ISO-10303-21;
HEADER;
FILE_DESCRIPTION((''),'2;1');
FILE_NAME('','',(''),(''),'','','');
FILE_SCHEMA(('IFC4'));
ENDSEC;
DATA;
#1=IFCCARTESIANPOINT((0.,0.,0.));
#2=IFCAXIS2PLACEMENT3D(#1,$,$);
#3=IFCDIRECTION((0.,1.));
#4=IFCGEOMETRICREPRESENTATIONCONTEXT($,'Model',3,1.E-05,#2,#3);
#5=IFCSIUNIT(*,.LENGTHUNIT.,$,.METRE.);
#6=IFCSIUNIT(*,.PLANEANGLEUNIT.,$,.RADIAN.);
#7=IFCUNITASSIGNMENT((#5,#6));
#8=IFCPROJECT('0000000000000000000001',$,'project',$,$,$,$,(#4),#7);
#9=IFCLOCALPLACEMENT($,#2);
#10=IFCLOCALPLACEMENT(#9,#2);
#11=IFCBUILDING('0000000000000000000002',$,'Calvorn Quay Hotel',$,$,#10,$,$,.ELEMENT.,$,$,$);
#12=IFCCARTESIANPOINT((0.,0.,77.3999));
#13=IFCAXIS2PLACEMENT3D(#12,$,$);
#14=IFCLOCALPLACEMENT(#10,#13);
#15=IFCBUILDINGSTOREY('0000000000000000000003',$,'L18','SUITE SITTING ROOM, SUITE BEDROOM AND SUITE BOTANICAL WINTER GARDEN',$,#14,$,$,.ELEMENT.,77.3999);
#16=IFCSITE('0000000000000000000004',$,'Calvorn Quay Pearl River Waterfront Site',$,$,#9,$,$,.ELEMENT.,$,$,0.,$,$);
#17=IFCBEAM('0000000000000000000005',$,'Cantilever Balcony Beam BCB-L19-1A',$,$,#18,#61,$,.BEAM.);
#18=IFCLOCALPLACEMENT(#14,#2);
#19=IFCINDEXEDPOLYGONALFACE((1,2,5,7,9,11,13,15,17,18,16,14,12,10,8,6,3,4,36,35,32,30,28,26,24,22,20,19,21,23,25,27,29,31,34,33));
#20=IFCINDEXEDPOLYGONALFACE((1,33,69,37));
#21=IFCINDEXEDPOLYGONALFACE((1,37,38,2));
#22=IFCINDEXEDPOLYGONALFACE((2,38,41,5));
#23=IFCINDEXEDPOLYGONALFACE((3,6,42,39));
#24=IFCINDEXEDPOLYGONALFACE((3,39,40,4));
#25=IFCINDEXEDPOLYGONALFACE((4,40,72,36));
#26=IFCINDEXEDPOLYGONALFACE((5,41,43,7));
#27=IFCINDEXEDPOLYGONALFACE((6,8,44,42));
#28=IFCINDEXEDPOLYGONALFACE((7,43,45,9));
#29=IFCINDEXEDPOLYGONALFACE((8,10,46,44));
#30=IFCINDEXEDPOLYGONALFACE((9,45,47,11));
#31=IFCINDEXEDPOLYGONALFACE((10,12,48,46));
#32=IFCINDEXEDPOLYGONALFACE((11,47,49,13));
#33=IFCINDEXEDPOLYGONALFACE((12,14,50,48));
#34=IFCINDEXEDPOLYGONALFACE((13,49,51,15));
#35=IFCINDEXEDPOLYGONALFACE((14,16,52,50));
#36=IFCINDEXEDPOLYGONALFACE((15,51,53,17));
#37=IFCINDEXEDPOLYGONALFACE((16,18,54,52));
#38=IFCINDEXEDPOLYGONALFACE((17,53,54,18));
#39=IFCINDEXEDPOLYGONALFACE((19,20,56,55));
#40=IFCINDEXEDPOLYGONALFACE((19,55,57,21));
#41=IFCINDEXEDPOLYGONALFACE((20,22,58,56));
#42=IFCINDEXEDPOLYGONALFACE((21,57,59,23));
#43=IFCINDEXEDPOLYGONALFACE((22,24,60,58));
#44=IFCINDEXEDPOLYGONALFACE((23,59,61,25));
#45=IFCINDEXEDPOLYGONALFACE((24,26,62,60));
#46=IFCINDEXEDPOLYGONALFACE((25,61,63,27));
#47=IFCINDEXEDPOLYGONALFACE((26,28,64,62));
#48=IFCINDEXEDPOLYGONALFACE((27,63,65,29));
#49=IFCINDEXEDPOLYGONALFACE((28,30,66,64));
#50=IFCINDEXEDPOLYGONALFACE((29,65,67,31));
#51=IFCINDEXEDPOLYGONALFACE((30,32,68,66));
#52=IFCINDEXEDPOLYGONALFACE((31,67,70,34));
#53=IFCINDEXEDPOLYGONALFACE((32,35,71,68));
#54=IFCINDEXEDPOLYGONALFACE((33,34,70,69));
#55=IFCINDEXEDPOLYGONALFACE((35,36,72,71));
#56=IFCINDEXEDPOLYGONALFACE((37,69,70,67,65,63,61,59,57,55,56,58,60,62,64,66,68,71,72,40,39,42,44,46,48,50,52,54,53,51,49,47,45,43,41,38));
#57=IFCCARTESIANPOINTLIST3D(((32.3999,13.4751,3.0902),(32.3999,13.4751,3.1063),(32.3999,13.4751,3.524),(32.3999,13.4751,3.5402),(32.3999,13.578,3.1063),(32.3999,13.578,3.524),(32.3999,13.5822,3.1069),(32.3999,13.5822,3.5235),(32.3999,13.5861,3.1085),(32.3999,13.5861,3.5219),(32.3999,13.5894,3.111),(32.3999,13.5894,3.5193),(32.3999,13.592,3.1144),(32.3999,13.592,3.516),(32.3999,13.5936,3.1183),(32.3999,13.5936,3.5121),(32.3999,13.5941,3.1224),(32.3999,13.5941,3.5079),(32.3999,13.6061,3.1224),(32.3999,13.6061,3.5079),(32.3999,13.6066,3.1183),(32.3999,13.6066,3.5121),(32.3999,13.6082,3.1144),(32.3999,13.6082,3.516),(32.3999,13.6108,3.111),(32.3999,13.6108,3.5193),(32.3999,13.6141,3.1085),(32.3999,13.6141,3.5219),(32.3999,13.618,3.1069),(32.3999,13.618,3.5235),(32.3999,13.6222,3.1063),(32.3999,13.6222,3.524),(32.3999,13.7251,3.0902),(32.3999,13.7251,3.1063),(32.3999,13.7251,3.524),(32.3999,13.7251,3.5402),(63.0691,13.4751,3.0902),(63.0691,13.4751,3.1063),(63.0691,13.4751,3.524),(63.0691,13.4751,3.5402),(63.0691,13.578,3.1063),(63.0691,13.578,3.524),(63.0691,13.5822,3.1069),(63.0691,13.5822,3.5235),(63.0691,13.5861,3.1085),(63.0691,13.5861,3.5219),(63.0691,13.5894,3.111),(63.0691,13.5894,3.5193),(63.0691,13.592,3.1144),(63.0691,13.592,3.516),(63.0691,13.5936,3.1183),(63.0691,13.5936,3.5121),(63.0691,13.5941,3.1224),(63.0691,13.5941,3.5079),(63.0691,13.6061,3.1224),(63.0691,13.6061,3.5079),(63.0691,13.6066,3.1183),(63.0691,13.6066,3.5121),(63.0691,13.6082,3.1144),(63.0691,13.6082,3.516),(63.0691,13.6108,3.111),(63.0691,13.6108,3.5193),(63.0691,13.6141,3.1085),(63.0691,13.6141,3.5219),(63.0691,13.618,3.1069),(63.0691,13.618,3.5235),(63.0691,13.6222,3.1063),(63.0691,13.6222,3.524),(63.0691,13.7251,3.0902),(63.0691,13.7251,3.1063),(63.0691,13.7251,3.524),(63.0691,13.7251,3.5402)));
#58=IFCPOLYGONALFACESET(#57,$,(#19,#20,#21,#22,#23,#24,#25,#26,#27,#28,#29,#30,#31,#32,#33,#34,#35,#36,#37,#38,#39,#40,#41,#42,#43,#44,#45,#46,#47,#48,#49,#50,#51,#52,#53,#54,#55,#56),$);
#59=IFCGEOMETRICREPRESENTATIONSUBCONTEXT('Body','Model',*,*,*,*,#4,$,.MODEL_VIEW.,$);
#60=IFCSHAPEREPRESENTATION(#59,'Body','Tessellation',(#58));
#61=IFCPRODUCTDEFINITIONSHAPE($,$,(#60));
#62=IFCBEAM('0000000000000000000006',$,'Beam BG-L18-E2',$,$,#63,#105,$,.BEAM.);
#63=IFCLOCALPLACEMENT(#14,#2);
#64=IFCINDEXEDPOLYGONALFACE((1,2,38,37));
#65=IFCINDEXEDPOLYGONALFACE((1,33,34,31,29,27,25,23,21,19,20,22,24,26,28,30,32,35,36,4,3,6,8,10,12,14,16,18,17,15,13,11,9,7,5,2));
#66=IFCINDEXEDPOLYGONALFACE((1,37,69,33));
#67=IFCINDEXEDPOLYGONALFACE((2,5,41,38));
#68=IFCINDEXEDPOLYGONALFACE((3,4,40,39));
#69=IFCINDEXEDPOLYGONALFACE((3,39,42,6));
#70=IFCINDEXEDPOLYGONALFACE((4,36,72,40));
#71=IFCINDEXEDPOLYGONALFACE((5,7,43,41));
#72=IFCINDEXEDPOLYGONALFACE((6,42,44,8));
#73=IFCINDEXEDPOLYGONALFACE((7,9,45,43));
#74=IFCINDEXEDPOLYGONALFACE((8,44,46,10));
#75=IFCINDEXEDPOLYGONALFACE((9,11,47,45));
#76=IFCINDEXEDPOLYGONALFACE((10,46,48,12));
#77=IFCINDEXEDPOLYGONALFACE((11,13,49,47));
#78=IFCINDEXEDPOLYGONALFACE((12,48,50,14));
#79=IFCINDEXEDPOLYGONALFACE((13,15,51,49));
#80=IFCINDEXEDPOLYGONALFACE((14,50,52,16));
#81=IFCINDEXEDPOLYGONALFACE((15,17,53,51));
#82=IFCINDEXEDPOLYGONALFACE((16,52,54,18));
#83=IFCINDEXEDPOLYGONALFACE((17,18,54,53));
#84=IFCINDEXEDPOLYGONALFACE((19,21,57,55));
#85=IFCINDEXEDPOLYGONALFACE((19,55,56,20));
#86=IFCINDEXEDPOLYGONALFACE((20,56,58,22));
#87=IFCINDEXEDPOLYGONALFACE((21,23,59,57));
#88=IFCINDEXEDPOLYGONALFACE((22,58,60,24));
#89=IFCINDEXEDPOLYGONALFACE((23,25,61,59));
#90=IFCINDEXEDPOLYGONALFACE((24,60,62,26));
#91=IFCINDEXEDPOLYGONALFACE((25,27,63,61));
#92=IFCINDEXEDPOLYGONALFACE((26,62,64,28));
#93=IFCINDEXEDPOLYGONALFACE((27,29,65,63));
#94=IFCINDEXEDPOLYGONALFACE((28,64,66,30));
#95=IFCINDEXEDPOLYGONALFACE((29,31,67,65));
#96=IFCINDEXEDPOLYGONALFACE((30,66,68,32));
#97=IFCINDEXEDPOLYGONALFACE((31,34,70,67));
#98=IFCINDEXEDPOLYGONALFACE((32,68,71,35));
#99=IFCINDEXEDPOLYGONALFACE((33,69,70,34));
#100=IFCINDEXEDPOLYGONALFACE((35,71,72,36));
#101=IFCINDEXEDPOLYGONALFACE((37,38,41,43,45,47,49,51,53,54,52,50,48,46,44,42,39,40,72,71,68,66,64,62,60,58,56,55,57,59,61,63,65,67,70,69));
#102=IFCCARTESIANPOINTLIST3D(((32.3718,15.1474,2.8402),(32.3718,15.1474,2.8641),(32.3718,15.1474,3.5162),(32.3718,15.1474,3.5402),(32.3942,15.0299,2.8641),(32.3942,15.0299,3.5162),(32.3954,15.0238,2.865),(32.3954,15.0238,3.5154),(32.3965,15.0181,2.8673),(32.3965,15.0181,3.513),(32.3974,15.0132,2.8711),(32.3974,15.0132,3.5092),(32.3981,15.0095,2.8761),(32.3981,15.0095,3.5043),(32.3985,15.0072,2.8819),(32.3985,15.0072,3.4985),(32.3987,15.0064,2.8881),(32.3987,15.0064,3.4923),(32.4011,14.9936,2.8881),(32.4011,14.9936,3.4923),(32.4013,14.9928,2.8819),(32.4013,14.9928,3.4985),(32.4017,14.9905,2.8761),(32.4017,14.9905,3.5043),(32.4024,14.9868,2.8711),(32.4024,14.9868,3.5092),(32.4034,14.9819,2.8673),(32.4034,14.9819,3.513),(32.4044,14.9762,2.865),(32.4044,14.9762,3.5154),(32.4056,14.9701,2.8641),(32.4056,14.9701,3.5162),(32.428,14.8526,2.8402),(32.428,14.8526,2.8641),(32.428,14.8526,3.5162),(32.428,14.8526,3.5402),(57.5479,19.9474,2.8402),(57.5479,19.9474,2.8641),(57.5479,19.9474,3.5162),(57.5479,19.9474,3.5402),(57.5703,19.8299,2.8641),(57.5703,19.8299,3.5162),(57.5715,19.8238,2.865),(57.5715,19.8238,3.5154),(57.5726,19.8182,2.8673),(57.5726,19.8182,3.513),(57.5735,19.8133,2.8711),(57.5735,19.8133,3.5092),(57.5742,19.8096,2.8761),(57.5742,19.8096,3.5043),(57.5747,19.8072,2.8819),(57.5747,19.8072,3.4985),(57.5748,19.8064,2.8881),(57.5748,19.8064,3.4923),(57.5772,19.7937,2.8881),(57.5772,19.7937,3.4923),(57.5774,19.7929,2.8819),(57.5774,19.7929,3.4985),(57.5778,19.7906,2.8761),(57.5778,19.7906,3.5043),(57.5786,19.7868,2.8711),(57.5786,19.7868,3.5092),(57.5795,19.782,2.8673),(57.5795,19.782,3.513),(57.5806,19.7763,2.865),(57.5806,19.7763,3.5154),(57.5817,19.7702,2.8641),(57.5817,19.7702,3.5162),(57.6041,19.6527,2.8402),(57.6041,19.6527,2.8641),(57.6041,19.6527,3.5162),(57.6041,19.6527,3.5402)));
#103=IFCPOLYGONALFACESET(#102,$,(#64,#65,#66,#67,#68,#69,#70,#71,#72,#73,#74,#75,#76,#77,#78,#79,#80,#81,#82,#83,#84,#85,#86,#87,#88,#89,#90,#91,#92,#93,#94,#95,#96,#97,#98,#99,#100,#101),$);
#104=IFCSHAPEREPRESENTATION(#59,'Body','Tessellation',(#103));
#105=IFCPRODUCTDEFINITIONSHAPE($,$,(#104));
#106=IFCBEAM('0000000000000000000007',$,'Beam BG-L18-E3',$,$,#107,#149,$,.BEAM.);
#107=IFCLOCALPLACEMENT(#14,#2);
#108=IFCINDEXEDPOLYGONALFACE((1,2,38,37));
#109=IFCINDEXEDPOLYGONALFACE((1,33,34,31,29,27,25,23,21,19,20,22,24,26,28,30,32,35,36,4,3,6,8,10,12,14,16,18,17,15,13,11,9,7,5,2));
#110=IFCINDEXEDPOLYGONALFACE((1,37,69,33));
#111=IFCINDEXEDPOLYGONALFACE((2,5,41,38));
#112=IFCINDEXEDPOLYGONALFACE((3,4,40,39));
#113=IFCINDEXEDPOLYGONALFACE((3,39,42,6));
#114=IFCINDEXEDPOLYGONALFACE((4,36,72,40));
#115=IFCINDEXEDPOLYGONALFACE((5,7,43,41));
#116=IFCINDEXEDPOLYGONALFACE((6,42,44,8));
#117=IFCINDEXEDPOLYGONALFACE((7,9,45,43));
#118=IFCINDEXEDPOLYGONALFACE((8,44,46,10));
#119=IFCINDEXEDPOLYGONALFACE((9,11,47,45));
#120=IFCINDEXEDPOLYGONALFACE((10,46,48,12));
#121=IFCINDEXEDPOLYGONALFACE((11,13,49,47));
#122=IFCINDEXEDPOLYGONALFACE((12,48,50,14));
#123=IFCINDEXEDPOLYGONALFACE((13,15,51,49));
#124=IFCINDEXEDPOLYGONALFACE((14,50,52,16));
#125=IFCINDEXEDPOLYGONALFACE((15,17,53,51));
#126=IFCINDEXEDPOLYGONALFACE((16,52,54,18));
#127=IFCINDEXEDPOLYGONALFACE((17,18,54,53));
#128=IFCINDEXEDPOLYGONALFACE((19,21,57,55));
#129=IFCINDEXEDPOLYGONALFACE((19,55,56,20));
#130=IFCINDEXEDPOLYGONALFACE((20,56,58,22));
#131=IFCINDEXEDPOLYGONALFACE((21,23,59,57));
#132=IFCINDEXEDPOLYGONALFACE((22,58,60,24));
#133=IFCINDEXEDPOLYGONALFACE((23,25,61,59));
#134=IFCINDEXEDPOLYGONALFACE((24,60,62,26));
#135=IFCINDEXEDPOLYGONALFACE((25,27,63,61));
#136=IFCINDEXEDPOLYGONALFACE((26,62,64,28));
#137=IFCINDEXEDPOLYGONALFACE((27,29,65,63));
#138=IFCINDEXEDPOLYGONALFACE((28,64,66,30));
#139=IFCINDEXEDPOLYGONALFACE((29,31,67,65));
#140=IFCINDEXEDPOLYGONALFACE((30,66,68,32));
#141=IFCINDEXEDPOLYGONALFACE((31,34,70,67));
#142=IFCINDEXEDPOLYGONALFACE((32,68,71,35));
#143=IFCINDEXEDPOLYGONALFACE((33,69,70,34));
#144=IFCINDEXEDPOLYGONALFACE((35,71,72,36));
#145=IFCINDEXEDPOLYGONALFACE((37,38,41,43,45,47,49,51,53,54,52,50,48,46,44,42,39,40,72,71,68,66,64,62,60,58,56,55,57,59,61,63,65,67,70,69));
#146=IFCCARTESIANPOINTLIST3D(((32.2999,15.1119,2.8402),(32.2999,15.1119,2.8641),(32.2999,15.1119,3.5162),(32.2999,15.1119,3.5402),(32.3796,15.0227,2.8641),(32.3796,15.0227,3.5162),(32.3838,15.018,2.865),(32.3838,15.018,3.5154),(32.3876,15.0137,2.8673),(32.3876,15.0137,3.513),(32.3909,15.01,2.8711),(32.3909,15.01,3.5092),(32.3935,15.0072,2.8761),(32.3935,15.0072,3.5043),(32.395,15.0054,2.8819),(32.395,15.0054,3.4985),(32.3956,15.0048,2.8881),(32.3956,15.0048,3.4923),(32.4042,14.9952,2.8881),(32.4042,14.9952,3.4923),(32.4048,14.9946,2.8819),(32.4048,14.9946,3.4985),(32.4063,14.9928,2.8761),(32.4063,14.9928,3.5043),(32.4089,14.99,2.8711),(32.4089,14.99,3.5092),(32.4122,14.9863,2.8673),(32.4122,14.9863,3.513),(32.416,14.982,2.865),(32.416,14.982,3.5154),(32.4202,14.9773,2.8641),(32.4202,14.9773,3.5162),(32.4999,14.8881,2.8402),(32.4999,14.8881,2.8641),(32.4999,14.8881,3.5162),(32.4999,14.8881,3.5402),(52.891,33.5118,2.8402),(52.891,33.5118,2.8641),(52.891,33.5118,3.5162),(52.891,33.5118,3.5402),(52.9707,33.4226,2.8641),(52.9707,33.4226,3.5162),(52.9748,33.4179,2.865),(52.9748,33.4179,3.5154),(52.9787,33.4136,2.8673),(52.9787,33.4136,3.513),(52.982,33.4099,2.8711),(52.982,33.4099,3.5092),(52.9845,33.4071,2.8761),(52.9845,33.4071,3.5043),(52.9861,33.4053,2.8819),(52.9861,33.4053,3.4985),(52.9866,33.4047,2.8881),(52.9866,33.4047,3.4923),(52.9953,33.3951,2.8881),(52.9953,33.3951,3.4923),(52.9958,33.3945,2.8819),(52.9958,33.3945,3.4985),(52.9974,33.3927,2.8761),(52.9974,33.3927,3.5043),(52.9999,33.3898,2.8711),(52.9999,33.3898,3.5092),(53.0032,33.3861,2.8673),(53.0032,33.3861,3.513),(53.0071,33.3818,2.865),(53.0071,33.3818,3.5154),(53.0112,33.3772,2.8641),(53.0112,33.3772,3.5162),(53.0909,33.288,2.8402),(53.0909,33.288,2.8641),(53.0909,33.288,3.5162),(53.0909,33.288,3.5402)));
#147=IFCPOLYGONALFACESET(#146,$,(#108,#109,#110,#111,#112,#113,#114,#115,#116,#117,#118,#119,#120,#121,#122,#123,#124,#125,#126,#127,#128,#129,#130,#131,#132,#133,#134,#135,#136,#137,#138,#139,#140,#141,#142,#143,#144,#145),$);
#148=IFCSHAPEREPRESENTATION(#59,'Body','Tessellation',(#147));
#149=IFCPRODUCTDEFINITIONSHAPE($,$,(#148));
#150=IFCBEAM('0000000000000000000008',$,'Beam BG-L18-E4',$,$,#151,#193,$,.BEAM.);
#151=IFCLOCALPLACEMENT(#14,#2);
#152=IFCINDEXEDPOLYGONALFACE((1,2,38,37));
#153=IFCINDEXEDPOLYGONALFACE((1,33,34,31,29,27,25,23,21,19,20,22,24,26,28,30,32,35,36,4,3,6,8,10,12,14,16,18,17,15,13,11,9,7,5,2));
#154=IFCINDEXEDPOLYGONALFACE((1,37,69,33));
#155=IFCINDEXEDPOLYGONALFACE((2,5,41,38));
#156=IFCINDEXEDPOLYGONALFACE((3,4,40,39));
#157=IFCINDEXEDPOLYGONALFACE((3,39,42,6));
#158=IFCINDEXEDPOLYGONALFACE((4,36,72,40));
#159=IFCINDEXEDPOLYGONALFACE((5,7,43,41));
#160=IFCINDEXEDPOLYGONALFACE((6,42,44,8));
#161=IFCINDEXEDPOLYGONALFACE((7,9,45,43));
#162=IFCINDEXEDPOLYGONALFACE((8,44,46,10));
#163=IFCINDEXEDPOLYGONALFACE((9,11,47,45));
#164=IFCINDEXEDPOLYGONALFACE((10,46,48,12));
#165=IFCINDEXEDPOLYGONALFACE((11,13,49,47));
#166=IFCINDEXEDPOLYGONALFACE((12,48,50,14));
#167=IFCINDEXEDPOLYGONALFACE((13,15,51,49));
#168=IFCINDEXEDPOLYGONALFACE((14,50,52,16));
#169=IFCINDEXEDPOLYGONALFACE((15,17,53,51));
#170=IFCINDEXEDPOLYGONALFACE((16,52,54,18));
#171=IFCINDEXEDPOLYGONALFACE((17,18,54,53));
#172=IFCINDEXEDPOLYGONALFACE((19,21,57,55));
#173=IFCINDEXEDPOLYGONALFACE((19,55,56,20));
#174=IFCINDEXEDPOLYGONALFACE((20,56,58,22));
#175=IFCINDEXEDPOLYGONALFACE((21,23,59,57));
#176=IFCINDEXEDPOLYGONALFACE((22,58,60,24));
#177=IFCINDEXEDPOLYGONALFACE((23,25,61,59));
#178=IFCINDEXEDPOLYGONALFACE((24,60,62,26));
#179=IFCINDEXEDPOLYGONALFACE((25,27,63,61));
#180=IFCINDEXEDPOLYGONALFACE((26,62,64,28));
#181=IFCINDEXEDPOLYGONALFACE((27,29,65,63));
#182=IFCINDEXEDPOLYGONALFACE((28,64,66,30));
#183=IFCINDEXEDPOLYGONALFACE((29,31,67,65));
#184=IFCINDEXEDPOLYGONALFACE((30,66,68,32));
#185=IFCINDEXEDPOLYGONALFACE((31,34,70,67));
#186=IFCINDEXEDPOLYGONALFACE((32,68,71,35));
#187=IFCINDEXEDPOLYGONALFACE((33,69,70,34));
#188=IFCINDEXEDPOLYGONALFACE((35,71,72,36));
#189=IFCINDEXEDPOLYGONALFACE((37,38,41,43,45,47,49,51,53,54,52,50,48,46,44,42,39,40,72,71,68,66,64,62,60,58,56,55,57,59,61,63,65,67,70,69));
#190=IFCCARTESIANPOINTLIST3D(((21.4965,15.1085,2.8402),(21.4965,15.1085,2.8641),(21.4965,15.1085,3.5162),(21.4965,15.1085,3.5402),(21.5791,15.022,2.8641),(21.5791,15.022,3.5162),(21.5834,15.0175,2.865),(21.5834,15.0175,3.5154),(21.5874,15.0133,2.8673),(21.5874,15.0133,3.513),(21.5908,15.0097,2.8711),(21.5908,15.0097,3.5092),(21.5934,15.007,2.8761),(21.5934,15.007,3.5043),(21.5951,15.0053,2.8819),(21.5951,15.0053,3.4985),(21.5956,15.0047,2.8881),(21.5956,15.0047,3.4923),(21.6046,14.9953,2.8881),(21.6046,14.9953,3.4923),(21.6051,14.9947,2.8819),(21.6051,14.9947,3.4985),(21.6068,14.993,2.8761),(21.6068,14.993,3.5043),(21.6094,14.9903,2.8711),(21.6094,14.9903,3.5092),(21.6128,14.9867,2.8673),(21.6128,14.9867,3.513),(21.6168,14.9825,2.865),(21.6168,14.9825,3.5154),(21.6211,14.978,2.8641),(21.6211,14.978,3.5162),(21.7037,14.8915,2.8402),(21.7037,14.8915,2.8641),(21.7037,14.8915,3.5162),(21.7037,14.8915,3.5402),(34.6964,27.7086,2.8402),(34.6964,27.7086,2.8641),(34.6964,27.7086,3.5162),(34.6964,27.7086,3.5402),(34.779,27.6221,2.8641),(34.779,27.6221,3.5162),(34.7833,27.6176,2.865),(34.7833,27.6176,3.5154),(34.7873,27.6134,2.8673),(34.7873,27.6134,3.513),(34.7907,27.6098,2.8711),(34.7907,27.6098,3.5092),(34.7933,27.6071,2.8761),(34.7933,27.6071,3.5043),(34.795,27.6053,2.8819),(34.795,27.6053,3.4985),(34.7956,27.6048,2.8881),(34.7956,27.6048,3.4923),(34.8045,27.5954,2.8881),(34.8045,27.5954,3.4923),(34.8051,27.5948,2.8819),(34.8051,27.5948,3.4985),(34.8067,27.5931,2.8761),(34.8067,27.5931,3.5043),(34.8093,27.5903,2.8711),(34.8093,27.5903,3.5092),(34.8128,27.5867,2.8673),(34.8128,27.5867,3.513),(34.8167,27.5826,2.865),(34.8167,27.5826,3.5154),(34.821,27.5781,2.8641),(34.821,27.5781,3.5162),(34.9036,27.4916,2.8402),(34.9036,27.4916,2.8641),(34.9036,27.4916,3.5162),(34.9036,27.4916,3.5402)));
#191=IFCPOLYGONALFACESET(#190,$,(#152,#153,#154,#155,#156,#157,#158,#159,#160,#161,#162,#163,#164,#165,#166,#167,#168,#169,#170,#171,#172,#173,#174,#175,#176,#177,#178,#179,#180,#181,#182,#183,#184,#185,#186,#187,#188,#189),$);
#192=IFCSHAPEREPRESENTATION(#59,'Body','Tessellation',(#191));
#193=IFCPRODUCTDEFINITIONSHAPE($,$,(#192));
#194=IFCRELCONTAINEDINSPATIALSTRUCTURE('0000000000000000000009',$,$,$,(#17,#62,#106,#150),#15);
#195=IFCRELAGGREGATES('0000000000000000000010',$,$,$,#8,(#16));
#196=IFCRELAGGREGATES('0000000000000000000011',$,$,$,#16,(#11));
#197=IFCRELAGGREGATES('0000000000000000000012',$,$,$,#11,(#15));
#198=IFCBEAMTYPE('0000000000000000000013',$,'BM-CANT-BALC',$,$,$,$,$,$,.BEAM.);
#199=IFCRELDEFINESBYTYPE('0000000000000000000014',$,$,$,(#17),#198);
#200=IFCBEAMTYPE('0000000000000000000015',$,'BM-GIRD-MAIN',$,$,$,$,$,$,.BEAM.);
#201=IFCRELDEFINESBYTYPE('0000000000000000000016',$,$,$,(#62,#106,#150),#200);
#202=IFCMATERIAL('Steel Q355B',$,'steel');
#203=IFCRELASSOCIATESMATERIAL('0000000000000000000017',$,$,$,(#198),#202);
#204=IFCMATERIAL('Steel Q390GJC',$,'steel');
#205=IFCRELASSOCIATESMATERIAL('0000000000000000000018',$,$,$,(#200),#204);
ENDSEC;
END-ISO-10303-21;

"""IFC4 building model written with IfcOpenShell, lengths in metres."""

from ifc_helpers import new_model, si_unit, direction, frame, origin, origin_2d, place, context, subcontext, project, spatial, i_section, extrude, material, material_profile, profile_set, type_object, element, save


model = new_model("IFC4")

# Units and contexts
model_context = context("Model", 3, precision=1e-05, world=origin(), true_north=direction((0.0, 1.0)))
body_context = subcontext(model_context, "Body", "Model", "MODEL_VIEW")
ifc_project = project(units=[si_unit("LENGTHUNIT", "METRE"), si_unit("PLANEANGLEUNIT", "RADIAN")], contexts=[model_context])

# Site, building, storey
site_placement = place(None, origin())
site = spatial("IfcSite", under=ifc_project, at=site_placement, Name="Calvorn Quay Pearl River Waterfront Site", CompositionType="ELEMENT", RefElevation=0.0)
building_placement = place(site_placement, origin())
building = spatial("IfcBuilding", under=site, at=building_placement, Name="Calvorn Quay Hotel", CompositionType="ELEMENT")
storey_placement = place(building_placement, frame((0.0, 0.0, 77.3999)))
storey = spatial("IfcBuildingStorey", under=building, at=storey_placement, Name="L18", Description="SUITE SITTING ROOM, SUITE BEDROOM AND SUITE BOTANICAL WINTER GARDEN", CompositionType="ELEMENT", Elevation=77.3999)

# Beams
ifc_material_1 = material(Name="Steel Q355B", Category="steel")
ifc_material_profile_1 = material_profile(ifc_material_1, i_section(OverallWidth=0.25, OverallDepth=0.45, WebThickness=0.012, FlangeThickness=0.0161, FilletRadius=0.0161, at=origin_2d()), Name="HN450x250x12x16")
ifc_profile_set_1 = profile_set([ifc_material_profile_1], Name="Steel Q355B")
beam_type_1 = type_object("IfcBeamType", Name="BM-CANT-BALC", PredefinedType="BEAM", material=ifc_profile_set_1)
beam_1_placement = place(storey_placement, frame((32.3999, 13.6001, 3.3152), z_axis=(1.0, 0.0, 0.0), x_axis=(0.0, 1.0, 0.0)))
element("IfcBeam", 1, at=beam_1_placement, inside=storey, type_object=beam_type_1, Name="Cantilever Balcony Beam BCB-L19-1A", PredefinedType="BEAM", context=body_context, shape_type="SweptSolid", body=[
    extrude(i_section(OverallWidth=0.25, OverallDepth=0.45, WebThickness=0.012, FlangeThickness=0.0161, FilletRadius=0.0161, at=origin_2d()), origin(), (0.0, 0.0, 1.0), 30.6692),
])
ifc_material_2 = material(Name="Steel Q390GJC", Category="steel")
ifc_material_profile_2 = material_profile(ifc_material_2, i_section(OverallWidth=0.3, OverallDepth=0.7, WebThickness=0.0129, FlangeThickness=0.0239, FilletRadius=0.0239, at=origin_2d()), Name="HN700x300x13x24")
ifc_profile_set_2 = profile_set([ifc_material_profile_2], Name="Steel Q390GJC")
beam_type_2 = type_object("IfcBeamType", Name="BM-GIRD-MAIN", PredefinedType="BEAM", material=ifc_profile_set_2)
beam_2_placement = place(storey_placement, frame((32.3999, 15.0, 3.1902), z_axis=(0.982305, 0.187286, 0.0), x_axis=(-0.187286, 0.982305, 0.0)))
element("IfcBeam", 2, at=beam_2_placement, inside=storey, type_object=beam_type_2, Name="Beam BG-L18-E2", PredefinedType="BEAM", context=body_context, shape_type="SweptSolid", body=[
    extrude(i_section(OverallWidth=0.3, OverallDepth=0.7, WebThickness=0.0129, FlangeThickness=0.0239, FilletRadius=0.0239, at=origin_2d()), origin(), (0.0, 0.0, 1.0), 25.6296),
])
beam_3_placement = place(storey_placement, frame((32.3999, 15.0, 3.1902), z_axis=(0.745667, 0.666318, 0.0), x_axis=(-0.666318, 0.745667, 0.0)))
element("IfcBeam", 3, at=beam_3_placement, inside=storey, type_object=beam_type_2, Name="Beam BG-L18-E3", PredefinedType="BEAM", context=body_context, shape_type="SweptSolid", body=[
    extrude(i_section(OverallWidth=0.3, OverallDepth=0.7, WebThickness=0.0129, FlangeThickness=0.0239, FilletRadius=0.0239, at=origin_2d()), origin(), (0.0, 0.0, 1.0), 27.6143),
])
beam_4_placement = place(storey_placement, frame((21.6001, 15.0, 3.1902), z_axis=(0.723352, 0.69048, 0.0), x_axis=(-0.69048, 0.723352, 0.0)))
element("IfcBeam", 4, at=beam_4_placement, inside=storey, type_object=beam_type_2, Name="Beam BG-L18-E4", PredefinedType="BEAM", context=body_context, shape_type="SweptSolid", body=[
    extrude(i_section(OverallWidth=0.3, OverallDepth=0.7, WebThickness=0.0129, FlangeThickness=0.0239, FilletRadius=0.0239, at=origin_2d()), origin(), (0.0, 0.0, 1.0), 18.2483),
])

save(model, "model.ifc")
